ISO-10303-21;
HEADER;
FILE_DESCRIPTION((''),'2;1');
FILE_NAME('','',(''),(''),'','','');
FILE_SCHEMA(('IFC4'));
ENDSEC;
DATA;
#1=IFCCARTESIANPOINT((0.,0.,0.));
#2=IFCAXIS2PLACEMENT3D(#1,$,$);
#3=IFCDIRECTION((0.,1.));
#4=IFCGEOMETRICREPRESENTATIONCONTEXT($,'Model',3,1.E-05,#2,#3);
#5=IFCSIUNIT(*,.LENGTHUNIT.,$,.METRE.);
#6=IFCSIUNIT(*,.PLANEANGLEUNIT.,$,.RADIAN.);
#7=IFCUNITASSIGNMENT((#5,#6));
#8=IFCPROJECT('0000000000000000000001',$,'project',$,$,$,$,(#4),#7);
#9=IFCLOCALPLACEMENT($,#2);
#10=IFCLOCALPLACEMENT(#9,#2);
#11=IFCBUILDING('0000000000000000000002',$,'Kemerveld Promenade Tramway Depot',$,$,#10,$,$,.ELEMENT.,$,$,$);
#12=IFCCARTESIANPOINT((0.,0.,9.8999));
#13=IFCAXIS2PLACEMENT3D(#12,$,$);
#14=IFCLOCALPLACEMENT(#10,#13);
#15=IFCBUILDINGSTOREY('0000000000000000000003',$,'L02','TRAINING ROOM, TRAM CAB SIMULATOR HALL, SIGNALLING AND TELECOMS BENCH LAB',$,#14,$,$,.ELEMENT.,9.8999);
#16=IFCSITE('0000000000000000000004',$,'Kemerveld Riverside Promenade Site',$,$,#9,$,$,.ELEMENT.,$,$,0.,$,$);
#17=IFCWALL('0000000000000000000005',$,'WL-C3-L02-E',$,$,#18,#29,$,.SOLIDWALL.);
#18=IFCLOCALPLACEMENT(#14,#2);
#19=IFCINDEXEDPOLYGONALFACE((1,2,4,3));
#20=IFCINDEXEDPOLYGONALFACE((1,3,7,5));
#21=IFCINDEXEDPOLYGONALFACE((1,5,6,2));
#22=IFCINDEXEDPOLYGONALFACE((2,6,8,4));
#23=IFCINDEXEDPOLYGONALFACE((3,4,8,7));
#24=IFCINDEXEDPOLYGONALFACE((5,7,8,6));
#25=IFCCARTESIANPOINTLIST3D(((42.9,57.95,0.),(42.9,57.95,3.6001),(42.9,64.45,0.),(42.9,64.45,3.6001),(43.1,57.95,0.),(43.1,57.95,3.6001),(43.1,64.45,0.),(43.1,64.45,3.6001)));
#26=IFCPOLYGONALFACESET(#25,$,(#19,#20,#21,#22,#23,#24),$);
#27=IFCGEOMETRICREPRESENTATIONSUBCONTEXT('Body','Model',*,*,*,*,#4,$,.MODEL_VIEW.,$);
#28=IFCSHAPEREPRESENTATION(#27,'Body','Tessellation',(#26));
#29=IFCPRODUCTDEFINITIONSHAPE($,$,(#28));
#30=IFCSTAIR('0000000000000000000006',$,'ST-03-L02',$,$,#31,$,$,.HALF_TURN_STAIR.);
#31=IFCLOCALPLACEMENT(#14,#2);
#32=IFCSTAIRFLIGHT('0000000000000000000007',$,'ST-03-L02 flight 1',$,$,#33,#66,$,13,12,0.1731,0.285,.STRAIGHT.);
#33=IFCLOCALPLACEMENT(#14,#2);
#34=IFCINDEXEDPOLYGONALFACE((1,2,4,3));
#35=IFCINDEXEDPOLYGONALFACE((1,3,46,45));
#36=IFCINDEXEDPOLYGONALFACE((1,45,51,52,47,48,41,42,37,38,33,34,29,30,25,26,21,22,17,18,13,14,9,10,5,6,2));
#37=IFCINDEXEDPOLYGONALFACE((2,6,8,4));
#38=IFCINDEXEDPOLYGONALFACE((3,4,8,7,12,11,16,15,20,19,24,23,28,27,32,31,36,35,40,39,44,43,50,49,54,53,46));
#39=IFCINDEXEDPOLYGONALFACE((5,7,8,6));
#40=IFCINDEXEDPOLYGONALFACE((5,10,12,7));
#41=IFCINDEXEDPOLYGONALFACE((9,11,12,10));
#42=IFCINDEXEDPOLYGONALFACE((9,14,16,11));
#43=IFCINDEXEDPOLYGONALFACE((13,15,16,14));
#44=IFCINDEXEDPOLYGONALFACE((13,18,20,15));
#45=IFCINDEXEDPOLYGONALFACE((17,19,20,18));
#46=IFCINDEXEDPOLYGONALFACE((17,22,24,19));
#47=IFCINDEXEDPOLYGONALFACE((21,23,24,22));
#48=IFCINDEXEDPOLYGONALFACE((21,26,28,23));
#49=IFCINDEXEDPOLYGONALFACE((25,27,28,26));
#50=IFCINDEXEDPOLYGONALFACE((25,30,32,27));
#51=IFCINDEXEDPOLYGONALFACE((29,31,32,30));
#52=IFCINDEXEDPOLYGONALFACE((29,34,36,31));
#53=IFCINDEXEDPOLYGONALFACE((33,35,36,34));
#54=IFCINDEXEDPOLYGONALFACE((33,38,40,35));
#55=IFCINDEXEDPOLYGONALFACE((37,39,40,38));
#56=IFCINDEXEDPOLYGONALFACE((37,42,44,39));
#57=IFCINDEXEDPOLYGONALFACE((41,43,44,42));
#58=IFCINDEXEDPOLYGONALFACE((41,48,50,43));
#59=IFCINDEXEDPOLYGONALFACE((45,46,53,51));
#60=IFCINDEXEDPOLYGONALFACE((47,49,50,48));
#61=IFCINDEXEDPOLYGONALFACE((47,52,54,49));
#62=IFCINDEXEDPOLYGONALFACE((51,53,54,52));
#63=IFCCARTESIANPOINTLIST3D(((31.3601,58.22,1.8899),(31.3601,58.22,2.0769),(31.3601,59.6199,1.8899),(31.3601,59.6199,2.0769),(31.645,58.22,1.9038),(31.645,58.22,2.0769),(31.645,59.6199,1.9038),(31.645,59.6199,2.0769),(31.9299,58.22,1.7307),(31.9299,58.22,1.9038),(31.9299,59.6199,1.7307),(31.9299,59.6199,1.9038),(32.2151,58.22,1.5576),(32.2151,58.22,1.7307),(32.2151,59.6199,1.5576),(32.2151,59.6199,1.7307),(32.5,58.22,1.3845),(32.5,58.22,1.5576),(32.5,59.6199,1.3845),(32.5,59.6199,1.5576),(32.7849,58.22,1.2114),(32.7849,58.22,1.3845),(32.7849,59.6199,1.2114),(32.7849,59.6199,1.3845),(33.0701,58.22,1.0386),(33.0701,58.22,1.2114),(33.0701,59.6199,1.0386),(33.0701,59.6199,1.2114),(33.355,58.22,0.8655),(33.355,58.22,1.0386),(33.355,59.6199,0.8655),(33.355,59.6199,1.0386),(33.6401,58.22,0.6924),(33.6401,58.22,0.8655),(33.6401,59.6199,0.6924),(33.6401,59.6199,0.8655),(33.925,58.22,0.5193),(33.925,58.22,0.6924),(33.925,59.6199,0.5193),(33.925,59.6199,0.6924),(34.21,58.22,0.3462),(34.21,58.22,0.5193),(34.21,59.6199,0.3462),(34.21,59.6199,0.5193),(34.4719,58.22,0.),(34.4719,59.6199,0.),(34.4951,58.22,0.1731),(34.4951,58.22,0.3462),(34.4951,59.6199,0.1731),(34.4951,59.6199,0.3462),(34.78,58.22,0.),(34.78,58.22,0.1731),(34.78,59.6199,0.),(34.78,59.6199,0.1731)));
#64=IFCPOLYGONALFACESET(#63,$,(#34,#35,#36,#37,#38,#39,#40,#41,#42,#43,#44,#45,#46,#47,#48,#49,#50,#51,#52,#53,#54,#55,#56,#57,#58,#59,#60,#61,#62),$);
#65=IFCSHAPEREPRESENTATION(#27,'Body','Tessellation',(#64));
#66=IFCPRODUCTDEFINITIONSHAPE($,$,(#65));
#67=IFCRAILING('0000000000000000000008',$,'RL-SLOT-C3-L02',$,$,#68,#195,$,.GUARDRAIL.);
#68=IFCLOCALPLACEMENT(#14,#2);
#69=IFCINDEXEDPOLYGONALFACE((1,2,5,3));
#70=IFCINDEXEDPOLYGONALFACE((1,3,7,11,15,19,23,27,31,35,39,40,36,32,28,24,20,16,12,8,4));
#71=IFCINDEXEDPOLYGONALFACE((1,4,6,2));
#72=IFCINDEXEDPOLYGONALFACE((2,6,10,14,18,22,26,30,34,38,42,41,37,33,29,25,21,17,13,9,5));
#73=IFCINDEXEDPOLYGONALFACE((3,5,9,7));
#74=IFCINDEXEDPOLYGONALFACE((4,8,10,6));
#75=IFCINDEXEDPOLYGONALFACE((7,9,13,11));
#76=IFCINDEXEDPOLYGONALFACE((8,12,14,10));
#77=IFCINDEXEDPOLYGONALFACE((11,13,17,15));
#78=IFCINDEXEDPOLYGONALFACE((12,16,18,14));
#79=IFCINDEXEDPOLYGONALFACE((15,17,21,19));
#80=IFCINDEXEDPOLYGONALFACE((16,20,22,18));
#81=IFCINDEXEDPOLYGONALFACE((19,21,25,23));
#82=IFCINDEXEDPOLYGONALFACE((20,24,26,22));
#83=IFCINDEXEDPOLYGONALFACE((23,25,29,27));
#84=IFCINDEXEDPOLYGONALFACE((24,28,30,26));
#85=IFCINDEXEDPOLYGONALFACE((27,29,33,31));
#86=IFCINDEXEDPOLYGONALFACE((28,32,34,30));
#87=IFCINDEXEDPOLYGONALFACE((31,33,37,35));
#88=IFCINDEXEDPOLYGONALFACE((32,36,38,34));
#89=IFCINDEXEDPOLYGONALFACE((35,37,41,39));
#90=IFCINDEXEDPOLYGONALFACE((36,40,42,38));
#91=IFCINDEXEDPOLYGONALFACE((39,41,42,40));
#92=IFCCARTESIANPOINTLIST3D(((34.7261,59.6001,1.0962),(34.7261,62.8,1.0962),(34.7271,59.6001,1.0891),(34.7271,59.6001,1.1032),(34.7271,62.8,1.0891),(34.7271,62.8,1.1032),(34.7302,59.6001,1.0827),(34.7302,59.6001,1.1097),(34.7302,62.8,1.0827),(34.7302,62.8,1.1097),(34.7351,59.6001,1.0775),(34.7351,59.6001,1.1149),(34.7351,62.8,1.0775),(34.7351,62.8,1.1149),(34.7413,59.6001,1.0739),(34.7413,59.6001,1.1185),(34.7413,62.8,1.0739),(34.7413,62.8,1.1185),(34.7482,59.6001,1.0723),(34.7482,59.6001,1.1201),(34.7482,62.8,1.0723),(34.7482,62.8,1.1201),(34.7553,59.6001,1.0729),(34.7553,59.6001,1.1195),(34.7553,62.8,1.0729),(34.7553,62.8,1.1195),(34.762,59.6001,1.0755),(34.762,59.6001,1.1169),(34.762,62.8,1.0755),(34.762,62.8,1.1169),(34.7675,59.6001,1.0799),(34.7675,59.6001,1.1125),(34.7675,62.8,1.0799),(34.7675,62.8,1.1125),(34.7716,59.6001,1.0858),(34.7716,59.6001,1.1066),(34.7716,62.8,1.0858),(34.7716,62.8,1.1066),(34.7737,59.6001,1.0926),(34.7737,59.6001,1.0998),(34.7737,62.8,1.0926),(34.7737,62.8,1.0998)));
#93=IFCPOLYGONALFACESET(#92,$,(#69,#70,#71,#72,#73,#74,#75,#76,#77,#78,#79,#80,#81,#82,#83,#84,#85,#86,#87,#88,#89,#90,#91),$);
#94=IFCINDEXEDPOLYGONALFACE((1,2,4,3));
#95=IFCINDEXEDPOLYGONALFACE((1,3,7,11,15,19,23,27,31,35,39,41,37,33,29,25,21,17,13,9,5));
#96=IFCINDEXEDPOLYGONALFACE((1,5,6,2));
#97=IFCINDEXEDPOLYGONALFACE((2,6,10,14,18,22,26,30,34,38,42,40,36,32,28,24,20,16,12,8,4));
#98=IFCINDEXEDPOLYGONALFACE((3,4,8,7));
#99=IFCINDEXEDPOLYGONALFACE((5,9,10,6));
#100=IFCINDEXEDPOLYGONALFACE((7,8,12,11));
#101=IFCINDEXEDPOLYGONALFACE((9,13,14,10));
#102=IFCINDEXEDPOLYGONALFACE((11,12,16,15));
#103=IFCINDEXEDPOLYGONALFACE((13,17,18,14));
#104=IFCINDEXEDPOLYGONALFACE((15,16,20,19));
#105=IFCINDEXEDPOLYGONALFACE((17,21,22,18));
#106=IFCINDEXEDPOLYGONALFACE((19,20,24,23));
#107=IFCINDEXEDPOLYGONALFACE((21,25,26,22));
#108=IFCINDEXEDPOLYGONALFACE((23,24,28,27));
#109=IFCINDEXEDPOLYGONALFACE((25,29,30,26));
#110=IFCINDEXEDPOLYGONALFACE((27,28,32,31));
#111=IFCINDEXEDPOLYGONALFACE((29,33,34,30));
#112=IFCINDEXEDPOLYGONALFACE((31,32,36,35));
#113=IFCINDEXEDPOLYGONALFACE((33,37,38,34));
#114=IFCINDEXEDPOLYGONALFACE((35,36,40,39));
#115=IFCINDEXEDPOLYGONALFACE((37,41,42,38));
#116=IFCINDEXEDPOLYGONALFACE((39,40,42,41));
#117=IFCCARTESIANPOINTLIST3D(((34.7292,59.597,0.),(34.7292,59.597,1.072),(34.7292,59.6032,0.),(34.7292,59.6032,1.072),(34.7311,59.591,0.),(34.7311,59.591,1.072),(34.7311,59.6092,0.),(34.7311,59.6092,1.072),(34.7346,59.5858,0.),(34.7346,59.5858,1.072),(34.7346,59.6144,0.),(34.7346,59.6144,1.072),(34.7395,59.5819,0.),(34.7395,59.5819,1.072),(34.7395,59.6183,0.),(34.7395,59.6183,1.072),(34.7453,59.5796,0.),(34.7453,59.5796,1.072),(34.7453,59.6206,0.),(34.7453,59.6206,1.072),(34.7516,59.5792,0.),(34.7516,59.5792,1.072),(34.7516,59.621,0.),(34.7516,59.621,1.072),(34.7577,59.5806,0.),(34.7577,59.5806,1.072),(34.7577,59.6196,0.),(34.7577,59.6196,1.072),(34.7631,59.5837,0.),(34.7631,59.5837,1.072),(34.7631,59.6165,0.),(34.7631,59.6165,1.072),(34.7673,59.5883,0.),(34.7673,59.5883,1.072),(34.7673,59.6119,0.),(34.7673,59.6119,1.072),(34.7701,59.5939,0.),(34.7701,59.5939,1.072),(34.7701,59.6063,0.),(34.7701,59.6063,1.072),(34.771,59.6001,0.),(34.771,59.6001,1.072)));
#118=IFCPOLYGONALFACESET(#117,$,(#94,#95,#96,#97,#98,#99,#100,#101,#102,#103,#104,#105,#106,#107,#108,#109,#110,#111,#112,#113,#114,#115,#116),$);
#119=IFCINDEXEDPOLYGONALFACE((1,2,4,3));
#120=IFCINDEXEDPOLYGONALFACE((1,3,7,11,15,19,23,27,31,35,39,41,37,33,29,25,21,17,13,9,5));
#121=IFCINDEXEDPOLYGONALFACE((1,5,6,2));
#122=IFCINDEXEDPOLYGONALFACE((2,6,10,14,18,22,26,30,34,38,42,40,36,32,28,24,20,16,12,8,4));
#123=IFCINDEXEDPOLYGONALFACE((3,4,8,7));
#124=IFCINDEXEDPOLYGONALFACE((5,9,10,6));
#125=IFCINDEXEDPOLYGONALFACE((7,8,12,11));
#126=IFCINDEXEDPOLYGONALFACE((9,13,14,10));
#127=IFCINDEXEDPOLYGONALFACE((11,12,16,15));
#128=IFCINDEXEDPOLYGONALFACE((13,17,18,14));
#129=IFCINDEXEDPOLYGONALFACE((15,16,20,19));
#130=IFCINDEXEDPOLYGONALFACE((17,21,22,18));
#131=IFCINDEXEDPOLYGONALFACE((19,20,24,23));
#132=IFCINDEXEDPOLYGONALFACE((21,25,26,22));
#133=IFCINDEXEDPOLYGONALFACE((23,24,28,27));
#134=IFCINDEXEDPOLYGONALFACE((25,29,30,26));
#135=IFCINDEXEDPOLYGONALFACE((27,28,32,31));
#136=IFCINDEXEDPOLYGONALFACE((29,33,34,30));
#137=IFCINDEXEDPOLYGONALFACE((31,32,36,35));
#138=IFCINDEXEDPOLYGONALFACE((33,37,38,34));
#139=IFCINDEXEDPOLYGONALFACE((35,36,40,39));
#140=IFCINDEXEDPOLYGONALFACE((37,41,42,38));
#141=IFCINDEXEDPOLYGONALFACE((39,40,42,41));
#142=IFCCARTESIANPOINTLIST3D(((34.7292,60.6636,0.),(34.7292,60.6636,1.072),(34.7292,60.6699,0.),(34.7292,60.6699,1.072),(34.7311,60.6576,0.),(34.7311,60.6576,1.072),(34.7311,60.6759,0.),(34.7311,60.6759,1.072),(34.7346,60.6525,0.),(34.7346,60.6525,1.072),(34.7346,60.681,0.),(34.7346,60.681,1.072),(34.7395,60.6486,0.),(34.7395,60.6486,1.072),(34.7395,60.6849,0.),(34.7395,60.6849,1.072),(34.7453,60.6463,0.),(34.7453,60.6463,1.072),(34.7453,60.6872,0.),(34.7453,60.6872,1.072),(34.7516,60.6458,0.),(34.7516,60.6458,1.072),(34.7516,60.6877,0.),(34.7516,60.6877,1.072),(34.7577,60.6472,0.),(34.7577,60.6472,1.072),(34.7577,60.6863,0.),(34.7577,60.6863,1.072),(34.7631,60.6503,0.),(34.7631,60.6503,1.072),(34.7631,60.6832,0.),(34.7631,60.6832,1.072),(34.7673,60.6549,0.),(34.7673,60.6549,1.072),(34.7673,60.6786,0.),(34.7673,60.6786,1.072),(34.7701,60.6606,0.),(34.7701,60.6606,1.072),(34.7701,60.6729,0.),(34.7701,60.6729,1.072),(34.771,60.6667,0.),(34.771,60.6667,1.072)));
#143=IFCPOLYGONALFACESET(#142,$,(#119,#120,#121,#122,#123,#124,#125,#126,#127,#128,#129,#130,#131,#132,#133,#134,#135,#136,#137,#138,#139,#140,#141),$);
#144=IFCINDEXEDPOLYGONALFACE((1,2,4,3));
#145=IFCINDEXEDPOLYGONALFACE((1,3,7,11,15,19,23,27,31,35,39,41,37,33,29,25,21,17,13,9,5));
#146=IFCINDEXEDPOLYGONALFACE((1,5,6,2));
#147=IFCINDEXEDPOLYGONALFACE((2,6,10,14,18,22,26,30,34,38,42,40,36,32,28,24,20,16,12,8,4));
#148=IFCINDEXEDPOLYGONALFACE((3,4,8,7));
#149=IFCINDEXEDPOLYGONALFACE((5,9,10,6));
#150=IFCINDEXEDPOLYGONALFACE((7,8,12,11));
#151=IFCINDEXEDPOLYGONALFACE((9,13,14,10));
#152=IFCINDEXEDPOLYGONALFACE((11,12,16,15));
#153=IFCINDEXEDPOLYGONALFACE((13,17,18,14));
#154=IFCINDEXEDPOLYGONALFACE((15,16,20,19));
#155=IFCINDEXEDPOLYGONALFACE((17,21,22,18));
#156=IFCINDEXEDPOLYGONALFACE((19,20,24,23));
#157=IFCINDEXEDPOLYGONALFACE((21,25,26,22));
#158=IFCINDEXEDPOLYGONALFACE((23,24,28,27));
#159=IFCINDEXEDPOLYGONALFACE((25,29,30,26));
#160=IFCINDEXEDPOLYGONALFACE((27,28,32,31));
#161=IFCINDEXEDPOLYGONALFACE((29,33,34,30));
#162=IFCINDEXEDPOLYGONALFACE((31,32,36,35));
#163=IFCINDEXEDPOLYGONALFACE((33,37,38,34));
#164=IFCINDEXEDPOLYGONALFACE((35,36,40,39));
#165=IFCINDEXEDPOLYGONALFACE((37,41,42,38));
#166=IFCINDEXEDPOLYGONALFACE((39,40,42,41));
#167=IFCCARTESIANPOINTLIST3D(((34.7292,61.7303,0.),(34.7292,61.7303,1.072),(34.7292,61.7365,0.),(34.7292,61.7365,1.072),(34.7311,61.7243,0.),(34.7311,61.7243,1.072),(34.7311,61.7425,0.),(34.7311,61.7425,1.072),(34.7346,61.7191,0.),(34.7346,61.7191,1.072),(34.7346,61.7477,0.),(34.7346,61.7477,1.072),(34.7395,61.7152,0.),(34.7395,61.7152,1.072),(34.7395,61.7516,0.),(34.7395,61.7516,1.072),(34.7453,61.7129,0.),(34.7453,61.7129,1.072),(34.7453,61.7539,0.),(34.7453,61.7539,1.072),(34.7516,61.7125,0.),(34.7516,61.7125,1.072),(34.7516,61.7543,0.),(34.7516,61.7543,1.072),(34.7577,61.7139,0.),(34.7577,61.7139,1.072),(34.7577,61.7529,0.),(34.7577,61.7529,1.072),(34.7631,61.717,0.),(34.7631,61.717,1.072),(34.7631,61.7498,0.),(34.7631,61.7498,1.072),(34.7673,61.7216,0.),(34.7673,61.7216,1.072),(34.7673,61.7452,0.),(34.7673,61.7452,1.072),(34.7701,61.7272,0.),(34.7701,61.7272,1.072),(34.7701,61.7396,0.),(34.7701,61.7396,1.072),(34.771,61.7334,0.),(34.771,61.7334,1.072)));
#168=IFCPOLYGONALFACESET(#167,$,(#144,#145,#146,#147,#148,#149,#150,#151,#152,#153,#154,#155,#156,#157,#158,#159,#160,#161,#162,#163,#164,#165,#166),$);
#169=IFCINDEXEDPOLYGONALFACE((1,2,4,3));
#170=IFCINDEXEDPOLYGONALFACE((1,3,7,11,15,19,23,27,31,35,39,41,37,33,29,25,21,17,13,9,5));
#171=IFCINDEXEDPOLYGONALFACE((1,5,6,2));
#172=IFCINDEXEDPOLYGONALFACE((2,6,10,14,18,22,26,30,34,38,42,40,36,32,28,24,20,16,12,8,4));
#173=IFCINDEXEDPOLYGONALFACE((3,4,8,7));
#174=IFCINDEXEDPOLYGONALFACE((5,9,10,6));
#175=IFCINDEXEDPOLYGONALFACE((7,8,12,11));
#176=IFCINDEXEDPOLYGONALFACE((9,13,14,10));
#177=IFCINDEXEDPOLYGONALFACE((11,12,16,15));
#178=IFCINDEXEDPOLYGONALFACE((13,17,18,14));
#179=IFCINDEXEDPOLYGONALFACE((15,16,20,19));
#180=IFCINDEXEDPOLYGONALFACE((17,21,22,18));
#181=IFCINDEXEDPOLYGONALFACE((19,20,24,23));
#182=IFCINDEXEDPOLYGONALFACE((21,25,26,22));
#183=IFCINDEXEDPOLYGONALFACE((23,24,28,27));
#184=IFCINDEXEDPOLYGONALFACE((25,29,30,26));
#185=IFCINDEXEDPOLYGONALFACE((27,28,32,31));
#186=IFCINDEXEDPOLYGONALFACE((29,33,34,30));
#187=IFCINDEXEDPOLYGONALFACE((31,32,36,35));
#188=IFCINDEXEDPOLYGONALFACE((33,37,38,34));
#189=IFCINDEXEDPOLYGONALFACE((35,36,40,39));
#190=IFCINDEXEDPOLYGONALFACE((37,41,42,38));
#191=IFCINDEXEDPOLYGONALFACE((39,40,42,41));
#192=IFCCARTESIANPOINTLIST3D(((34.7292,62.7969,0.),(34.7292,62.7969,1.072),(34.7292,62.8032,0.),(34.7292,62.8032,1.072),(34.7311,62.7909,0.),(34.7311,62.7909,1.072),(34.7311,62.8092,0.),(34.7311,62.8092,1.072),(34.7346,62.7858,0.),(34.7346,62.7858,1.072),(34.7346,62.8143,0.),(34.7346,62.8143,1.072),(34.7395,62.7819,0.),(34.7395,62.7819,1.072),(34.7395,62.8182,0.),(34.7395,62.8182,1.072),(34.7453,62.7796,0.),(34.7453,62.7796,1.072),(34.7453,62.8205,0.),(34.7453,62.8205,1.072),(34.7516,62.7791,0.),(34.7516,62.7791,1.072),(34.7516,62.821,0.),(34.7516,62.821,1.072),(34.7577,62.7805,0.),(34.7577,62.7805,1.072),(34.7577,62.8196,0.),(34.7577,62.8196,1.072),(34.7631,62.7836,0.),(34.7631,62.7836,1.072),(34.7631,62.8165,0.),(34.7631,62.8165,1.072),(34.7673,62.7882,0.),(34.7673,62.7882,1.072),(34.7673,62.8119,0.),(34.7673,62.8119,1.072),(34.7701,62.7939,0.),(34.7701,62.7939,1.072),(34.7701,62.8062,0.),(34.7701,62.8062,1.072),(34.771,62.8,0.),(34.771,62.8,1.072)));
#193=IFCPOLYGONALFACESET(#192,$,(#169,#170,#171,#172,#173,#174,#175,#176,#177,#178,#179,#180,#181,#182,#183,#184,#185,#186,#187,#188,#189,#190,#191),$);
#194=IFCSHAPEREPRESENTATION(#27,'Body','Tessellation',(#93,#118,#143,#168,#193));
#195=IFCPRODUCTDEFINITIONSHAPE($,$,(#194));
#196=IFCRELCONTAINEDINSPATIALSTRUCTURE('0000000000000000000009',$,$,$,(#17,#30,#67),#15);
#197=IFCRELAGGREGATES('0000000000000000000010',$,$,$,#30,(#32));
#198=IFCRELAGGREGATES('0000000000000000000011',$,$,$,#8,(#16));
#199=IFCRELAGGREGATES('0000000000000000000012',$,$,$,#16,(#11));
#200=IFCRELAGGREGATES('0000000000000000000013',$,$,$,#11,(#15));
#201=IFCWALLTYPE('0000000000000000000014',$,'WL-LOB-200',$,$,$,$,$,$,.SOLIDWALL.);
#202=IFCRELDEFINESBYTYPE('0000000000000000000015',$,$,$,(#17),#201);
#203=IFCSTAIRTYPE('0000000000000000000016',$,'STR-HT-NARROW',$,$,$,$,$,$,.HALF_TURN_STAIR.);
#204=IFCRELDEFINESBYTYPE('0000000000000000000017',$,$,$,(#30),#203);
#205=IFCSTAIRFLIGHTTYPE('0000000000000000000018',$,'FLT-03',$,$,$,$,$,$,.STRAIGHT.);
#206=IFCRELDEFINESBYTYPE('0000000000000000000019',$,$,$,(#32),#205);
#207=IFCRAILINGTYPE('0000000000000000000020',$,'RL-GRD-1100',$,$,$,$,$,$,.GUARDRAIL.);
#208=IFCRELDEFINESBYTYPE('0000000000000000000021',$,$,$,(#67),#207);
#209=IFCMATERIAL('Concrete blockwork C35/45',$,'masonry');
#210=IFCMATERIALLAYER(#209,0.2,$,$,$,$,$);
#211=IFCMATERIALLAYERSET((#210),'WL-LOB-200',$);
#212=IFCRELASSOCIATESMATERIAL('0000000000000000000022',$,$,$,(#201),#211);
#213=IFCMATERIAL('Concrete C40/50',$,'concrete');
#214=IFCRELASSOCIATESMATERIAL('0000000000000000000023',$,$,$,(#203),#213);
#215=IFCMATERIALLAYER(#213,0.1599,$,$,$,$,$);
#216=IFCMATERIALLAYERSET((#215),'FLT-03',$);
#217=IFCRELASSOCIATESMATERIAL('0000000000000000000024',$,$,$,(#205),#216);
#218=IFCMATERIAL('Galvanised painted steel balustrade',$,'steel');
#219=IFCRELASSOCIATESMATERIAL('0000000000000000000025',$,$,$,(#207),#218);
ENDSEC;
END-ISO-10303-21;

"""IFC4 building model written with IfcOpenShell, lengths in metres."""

from ifc_helpers import new_model, si_unit, direction, frame, frame_2d, origin, origin_2d, place, context, subcontext, project, spatial, polyline, rectangle, circle, outline, extrude, material, layer, layer_set, type_object, element, aggregate, save


model = new_model("IFC4")

# Units and contexts
model_context = context("Model", 3, precision=1e-05, world=origin(), true_north=direction((0.0, 1.0)))
body_context = subcontext(model_context, "Body", "Model", "MODEL_VIEW")
ifc_project = project(units=[si_unit("LENGTHUNIT", "METRE"), si_unit("PLANEANGLEUNIT", "RADIAN")], contexts=[model_context])

# Site, building, storey
site_placement = place(None, origin())
site = spatial("IfcSite", under=ifc_project, at=site_placement, Name="Kemerveld Riverside Promenade Site", CompositionType="ELEMENT", RefElevation=0.0)
building_placement = place(site_placement, origin())
building = spatial("IfcBuilding", under=site, at=building_placement, Name="Kemerveld Promenade Tramway Depot", CompositionType="ELEMENT")
storey_placement = place(building_placement, frame((0.0, 0.0, 9.8999)))
storey = spatial("IfcBuildingStorey", under=building, at=storey_placement, Name="L02", Description="TRAINING ROOM, TRAM CAB SIMULATOR HALL, SIGNALLING AND TELECOMS BENCH LAB", CompositionType="ELEMENT", Elevation=9.8999)

# Shared definitions
ifc_material_1 = material(Name="Concrete C40/50", Category="concrete")

# Wall
ifc_material_2 = material(Name="Concrete blockwork C35/45", Category="masonry")
ifc_layer_1 = layer(ifc_material_2, 0.2)
ifc_layer_set_1 = layer_set([ifc_layer_1], Name="WL-LOB-200")
wall_type_1 = type_object("IfcWallType", Name="WL-LOB-200", PredefinedType="SOLIDWALL", material=ifc_layer_set_1)
wall_1_placement = place(storey_placement, frame((43.0, 57.95, 0.0), z_axis=(0.0, 0.0, 1.0), x_axis=(0.0, 1.0, 0.0)))
element("IfcWall", 1, at=wall_1_placement, inside=storey, type_object=wall_type_1, Name="WL-C3-L02-E", PredefinedType="SOLIDWALL", context=body_context, shape_type="SweptSolid", body=[
    extrude(rectangle(XDim=6.5, YDim=0.2, at=frame_2d((3.25, 0.0))), origin(), (0.0, 0.0, 1.0), 3.6001),
])

# Stair, stair flight
stair_type = type_object("IfcStairType", Name="STR-HT-NARROW", PredefinedType="HALF_TURN_STAIR", material=ifc_material_1)
stair_placement = place(storey_placement, origin())
stair = element("IfcStair", 2, at=stair_placement, inside=storey, type_object=stair_type, Name="ST-03-L02", PredefinedType="HALF_TURN_STAIR")
ifc_layer_2 = layer(ifc_material_1, 0.1599)
ifc_layer_set_2 = layer_set([ifc_layer_2], Name="FLT-03")
stair_flight_type = type_object("IfcStairFlightType", Name="FLT-03", PredefinedType="STRAIGHT", material=ifc_layer_set_2)
stair_flight_placement = place(storey_placement, frame((34.78, 58.9199, 0.0), z_axis=(0.0, 0.0, 1.0), x_axis=(-1.0, 0.0, 0.0)))
stair_flight = element("IfcStairFlight", 3, at=stair_flight_placement, type_object=stair_flight_type, Name="ST-03-L02 flight 1", NumberOfRisers=13, NumberOfTreads=12, PredefinedType="STRAIGHT", RiserHeight=0.1731, TreadLength=0.285, context=body_context, shape_type="SweptSolid", body=[
    extrude(outline(polyline([(0.0, 0.0), (0.0, 0.1731), (0.2849, 0.1731), (0.2849, 0.3462), (0.5701, 0.3462), (0.5701, 0.5193), (0.855, 0.5193), (0.855, 0.6924), (1.1399, 0.6924), (1.1399, 0.8655), (1.425, 0.8655), (1.425, 1.0386), (1.71, 1.0386), (1.71, 1.2114), (1.9951, 1.2114), (1.9951, 1.3845), (2.28, 1.3845), (2.28, 1.5576), (2.5649, 1.5576), (2.5649, 1.7307), (2.8501, 1.7307), (2.8501, 1.9038), (3.135, 1.9038), (3.135, 2.0769), (3.4199, 2.0769), (3.4199, 2.25), (3.4199, 1.8899), (0.3081, 0.0), (0.0, 0.0)])), frame((0.0, 0.7, 0.0), z_axis=(0.0, -1.0, 0.0), x_axis=(1.0, 0.0, 0.0)), (0.0, 0.0, 1.0), 1.3999),
])
aggregate(stair, [stair_flight])

# Railing
ifc_material_3 = material(Name="Galvanised painted steel balustrade", Category="steel")
railing_type_1 = type_object("IfcRailingType", Name="RL-GRD-1100", PredefinedType="GUARDRAIL", material=ifc_material_3)
railing_1_placement = place(storey_placement, frame((34.75, 59.6001, 0.0)))
element("IfcRailing", 4, at=railing_1_placement, inside=storey, type_object=railing_type_1, Name="RL-SLOT-C3-L02", PredefinedType="GUARDRAIL", context=body_context, shape_type="SweptSolid", body=[
    extrude(circle(Radius=0.0239, at=origin_2d()), frame((0.0, 0.0, 1.0962), z_axis=(0.0, 1.0, 0.0), x_axis=(-1.0, 0.0, 0.0)), (0.0, 0.0, 1.0), 3.2),
    extrude(circle(Radius=0.021, at=origin_2d()), origin(), (0.0, 0.0, 1.0), 1.072),
    extrude(circle(Radius=0.021, at=origin_2d()), frame((0.0, 1.0667, 0.0)), (0.0, 0.0, 1.0), 1.072),
    extrude(circle(Radius=0.021, at=origin_2d()), frame((0.0, 2.1333, 0.0)), (0.0, 0.0, 1.0), 1.072),
    extrude(circle(Radius=0.021, at=origin_2d()), frame((0.0, 3.2, 0.0)), (0.0, 0.0, 1.0), 1.072),
])

save(model, "model.ifc")
